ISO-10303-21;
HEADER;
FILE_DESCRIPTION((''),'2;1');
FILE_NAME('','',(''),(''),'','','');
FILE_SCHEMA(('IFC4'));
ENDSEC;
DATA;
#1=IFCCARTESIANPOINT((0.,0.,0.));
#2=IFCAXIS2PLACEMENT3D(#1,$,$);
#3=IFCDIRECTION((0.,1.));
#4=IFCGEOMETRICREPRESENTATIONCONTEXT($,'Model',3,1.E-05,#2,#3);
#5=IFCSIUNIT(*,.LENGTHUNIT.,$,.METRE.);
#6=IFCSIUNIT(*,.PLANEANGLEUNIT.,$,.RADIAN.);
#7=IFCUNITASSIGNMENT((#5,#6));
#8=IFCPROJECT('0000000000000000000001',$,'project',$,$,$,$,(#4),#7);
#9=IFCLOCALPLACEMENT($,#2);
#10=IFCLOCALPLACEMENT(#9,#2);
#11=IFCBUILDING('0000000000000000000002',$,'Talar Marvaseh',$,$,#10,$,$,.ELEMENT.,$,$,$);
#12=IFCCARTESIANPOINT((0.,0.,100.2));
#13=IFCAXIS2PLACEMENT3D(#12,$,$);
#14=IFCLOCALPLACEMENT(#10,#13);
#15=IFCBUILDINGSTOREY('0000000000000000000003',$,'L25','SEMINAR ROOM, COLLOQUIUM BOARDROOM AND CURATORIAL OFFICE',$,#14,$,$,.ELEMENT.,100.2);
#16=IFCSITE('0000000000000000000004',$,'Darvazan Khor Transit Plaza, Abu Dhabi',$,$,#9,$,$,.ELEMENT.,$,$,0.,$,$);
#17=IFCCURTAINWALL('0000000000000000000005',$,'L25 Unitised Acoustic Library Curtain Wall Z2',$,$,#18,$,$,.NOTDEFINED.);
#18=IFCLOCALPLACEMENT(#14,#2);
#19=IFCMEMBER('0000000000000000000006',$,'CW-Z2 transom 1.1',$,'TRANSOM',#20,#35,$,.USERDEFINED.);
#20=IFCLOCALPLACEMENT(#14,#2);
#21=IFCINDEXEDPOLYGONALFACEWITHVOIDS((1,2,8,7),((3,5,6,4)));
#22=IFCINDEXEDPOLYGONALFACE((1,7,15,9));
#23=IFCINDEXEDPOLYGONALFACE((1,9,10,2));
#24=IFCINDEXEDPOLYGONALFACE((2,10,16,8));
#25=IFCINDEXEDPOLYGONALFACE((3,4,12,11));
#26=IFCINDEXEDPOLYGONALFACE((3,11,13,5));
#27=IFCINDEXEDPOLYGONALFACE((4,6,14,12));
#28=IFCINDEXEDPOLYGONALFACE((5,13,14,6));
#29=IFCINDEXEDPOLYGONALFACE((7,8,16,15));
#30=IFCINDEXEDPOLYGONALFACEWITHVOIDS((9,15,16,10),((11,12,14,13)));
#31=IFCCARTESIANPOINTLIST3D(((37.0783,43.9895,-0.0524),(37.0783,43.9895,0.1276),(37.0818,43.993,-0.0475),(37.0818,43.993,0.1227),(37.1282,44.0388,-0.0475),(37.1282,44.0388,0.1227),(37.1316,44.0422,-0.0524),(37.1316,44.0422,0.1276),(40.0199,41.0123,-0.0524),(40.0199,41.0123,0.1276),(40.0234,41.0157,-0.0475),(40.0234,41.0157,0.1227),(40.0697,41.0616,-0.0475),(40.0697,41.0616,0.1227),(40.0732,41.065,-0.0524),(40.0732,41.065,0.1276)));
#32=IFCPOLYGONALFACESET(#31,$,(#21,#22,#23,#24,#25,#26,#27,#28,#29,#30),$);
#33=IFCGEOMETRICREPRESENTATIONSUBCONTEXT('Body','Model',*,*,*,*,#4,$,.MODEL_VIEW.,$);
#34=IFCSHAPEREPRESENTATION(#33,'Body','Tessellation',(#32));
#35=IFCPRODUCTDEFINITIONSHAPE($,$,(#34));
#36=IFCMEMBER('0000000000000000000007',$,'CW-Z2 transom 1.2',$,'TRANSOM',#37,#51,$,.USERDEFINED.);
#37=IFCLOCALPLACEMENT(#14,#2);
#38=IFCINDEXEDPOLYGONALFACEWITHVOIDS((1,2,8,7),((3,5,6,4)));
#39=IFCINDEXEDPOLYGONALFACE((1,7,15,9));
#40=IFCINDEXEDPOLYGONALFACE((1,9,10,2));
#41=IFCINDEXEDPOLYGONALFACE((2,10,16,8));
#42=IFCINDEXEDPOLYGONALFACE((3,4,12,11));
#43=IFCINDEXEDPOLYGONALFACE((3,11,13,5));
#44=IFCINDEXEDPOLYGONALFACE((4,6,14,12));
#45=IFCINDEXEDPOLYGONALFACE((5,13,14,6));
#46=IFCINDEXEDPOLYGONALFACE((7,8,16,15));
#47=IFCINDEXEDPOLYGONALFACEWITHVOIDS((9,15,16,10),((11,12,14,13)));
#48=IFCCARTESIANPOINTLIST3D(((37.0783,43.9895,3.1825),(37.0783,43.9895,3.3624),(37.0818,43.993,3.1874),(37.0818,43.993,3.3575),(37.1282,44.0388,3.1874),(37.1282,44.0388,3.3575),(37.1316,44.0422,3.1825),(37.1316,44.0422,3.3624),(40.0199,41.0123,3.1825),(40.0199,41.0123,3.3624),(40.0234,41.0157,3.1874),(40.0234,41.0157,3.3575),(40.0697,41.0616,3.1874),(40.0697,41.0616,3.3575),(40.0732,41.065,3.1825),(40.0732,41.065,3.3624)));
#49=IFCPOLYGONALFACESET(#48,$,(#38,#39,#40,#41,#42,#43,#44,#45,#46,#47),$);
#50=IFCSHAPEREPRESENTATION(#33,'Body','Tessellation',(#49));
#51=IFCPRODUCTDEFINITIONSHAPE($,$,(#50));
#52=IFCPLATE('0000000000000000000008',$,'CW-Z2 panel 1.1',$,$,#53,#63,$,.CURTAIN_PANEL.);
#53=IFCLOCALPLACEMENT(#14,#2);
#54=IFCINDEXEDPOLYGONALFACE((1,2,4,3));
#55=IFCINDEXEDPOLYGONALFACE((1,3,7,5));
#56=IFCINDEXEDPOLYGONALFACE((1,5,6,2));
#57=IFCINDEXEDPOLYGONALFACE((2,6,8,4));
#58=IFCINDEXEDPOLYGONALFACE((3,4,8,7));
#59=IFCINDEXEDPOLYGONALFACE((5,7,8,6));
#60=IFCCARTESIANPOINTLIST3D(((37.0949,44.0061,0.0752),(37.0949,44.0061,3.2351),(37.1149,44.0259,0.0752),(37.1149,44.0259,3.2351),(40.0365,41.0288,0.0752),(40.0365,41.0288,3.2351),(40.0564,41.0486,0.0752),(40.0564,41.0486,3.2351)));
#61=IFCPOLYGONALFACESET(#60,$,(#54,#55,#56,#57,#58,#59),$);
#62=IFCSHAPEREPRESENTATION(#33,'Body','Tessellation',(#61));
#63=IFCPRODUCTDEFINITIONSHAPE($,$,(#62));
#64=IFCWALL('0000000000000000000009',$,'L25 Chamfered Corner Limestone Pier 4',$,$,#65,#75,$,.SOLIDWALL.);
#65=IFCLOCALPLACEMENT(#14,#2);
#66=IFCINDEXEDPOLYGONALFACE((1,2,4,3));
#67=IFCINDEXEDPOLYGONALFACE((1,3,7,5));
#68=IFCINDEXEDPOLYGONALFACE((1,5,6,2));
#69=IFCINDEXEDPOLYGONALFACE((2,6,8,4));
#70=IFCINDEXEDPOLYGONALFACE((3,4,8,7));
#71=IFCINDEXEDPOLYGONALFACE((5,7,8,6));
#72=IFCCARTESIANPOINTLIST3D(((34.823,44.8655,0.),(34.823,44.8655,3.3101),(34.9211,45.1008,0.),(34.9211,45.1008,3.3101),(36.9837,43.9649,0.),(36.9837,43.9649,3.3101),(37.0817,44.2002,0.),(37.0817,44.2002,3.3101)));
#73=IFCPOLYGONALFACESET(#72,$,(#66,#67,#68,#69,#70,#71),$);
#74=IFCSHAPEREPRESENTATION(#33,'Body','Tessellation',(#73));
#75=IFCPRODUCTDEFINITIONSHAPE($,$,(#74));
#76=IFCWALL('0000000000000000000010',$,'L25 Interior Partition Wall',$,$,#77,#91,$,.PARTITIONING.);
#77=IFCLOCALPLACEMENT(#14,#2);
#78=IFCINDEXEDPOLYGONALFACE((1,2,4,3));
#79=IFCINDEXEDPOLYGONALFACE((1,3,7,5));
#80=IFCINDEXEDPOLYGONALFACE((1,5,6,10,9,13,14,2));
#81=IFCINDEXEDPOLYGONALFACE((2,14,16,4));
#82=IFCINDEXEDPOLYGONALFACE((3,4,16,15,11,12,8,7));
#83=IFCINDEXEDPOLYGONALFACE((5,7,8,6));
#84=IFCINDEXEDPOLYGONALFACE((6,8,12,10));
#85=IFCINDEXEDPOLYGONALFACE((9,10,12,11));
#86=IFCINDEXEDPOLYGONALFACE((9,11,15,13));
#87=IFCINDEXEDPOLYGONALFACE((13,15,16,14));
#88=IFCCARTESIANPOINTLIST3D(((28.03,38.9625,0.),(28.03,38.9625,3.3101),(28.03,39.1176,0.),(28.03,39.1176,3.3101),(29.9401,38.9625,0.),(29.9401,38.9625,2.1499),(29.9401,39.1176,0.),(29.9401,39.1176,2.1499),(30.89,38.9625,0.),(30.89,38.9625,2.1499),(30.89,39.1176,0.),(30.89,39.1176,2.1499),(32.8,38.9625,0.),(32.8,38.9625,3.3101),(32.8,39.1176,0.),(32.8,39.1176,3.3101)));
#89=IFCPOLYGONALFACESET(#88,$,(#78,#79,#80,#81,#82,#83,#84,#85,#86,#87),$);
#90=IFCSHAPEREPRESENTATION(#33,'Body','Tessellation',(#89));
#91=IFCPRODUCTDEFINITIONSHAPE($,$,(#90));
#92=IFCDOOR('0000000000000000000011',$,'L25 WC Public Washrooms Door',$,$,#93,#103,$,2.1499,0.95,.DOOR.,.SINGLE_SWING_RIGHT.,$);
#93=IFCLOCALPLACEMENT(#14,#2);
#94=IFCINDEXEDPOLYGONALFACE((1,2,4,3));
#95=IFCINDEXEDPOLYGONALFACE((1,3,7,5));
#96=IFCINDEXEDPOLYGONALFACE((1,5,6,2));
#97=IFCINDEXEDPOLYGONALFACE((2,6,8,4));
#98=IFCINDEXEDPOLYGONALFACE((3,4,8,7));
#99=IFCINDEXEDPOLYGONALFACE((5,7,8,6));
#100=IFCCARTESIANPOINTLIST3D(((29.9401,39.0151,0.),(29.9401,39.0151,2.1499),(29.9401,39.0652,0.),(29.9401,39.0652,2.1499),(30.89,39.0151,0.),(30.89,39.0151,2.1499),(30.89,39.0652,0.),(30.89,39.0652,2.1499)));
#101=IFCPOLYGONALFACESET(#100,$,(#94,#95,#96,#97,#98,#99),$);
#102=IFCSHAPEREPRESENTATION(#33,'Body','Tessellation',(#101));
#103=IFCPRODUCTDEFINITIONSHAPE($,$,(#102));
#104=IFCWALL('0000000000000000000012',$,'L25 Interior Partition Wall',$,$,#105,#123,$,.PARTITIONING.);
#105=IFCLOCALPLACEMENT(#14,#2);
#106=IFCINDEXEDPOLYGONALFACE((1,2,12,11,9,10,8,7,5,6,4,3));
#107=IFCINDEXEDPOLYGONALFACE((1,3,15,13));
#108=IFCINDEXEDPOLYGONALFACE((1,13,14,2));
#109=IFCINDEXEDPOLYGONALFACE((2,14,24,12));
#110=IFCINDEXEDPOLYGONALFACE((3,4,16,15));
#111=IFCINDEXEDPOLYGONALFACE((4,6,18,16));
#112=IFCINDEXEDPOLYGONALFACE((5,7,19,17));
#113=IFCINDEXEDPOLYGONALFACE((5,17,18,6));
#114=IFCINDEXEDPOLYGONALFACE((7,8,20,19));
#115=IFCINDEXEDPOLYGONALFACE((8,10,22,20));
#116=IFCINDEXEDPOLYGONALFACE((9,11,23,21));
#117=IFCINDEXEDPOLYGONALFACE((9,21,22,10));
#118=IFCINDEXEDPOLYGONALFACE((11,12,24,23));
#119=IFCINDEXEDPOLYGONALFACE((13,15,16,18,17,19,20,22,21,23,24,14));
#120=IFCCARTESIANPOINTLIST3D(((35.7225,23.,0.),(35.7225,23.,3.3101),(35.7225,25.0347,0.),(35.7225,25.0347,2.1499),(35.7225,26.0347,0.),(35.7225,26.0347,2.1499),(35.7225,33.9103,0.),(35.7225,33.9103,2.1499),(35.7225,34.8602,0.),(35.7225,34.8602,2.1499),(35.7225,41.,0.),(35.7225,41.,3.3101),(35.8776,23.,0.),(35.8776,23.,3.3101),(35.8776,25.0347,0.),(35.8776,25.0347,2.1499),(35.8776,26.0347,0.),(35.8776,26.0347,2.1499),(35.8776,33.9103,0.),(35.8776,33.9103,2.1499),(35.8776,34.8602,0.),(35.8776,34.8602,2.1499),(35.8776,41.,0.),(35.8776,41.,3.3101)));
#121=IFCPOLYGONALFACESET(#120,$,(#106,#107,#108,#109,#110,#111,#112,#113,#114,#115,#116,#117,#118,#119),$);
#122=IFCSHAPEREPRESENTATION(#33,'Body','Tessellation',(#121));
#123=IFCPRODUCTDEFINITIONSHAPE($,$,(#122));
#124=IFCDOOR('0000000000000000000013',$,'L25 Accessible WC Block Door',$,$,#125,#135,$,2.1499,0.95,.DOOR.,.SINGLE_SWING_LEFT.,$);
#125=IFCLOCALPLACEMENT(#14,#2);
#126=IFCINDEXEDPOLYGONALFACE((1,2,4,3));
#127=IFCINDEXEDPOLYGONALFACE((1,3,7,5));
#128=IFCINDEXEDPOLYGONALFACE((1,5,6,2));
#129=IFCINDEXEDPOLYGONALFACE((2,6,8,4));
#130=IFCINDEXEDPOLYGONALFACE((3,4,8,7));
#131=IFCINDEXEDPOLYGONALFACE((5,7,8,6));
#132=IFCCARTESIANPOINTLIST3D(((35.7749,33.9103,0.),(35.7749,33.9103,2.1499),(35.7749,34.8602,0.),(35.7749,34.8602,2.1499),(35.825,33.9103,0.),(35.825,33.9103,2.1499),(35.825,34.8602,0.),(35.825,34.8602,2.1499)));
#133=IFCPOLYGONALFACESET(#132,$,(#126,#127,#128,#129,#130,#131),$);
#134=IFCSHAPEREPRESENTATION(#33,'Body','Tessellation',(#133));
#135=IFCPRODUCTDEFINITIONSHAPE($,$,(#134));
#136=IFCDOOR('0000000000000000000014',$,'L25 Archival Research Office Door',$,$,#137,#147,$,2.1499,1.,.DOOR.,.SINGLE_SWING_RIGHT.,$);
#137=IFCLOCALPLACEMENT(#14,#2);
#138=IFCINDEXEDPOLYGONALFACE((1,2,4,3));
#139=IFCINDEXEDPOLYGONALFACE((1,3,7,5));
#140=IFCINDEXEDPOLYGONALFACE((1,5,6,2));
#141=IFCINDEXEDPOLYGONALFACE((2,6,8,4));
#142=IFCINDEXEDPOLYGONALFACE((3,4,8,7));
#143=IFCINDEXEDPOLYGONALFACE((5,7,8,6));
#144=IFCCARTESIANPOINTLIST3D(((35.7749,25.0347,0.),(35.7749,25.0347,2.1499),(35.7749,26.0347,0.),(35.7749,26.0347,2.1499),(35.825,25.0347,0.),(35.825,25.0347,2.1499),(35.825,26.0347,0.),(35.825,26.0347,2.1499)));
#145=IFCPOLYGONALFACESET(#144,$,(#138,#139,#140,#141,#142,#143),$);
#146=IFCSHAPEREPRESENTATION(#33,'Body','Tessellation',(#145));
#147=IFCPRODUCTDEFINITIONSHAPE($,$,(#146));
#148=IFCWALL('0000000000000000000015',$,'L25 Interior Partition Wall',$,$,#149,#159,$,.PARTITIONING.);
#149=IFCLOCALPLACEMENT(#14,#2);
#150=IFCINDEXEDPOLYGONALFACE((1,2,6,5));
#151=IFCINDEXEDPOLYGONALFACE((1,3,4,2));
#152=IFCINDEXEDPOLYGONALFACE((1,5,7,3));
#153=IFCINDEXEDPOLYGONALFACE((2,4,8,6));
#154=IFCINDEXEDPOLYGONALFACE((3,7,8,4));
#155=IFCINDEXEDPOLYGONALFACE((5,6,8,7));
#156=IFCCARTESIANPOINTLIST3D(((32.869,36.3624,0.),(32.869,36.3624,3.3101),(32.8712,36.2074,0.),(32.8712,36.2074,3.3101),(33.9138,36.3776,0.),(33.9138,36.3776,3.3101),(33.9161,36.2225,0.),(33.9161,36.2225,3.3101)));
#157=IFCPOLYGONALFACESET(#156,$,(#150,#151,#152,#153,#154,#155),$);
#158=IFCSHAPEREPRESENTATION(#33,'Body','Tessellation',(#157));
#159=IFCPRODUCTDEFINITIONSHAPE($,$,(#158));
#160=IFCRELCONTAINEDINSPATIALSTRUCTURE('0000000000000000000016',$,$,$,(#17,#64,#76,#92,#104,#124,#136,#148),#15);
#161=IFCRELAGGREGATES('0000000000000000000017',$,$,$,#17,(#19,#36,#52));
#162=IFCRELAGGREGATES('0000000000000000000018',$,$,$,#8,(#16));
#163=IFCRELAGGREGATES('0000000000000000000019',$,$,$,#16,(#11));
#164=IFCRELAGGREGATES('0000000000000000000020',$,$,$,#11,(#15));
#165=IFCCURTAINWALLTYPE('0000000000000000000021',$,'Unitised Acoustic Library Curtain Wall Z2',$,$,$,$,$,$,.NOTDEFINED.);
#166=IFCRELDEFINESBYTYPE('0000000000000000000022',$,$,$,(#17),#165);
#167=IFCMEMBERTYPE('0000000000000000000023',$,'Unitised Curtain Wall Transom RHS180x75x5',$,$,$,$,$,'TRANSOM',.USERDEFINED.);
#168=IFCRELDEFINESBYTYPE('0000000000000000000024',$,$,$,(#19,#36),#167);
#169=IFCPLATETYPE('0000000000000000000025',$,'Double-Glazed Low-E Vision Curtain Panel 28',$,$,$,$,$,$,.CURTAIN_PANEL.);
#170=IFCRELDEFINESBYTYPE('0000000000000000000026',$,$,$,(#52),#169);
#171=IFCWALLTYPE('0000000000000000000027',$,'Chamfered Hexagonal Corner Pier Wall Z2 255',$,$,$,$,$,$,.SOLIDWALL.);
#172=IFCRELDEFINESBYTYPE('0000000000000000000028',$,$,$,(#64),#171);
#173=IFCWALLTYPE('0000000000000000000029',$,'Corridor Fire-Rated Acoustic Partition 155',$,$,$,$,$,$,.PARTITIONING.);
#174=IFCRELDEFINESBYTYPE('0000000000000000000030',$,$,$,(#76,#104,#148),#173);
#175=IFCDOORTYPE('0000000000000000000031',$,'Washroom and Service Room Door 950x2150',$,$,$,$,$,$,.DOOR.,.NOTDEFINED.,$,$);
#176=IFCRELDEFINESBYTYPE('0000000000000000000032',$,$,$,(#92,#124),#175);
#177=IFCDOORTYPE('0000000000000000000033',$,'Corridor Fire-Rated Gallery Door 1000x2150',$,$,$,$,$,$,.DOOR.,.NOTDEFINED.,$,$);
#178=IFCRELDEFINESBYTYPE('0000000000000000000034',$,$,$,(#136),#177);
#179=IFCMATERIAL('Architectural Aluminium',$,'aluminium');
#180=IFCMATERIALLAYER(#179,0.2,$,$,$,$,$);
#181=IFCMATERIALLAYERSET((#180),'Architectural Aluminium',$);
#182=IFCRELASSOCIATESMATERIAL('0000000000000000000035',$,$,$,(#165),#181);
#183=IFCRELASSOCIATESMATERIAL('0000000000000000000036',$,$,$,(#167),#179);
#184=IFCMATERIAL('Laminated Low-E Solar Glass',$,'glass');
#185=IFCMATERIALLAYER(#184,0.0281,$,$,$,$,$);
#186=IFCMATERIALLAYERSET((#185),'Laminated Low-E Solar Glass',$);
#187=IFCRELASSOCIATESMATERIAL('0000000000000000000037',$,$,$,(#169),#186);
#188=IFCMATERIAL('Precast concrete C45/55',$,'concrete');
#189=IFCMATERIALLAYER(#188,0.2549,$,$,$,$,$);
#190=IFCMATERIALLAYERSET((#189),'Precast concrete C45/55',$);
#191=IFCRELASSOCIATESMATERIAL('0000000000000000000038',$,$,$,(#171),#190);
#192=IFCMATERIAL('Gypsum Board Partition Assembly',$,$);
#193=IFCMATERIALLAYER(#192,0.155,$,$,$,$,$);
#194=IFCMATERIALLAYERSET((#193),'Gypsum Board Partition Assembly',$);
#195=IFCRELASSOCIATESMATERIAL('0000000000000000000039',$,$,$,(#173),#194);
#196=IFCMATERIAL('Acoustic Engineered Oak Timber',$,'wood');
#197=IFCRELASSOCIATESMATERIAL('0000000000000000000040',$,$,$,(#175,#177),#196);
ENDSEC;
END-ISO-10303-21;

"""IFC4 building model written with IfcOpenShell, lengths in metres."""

from ifc_helpers import new_model, si_unit, direction, frame, frame_2d, origin, origin_2d, place, context, subcontext, project, spatial, rectangle, hollow_rectangle, extrude, source, transform, mapped, material, layer, layer_set, material_profile, profile_set, type_object, type_shapes, element, fill, aggregate, save


model = new_model("IFC4")

# Units and contexts
model_context = context("Model", 3, precision=1e-05, world=origin(), true_north=direction((0.0, 1.0)))
body_context = subcontext(model_context, "Body", "Model", "MODEL_VIEW")
ifc_project = project(units=[si_unit("LENGTHUNIT", "METRE"), si_unit("PLANEANGLEUNIT", "RADIAN")], contexts=[model_context])

# Site, building, storey
site_placement = place(None, origin())
site = spatial("IfcSite", under=ifc_project, at=site_placement, Name="Darvazan Khor Transit Plaza, Abu Dhabi", CompositionType="ELEMENT", RefElevation=0.0)
building_placement = place(site_placement, origin())
building = spatial("IfcBuilding", under=site, at=building_placement, Name="Talar Marvaseh", CompositionType="ELEMENT")
storey_placement = place(building_placement, frame((0.0, 0.0, 100.2)))
storey = spatial("IfcBuildingStorey", under=building, at=storey_placement, Name="L25", Description="SEMINAR ROOM, COLLOQUIUM BOARDROOM AND CURATORIAL OFFICE", CompositionType="ELEMENT", Elevation=100.2)

# Shared definitions
ifc_material_1 = material(Name="Architectural Aluminium", Category="aluminium")
ifc_layer_1 = layer(ifc_material_1, 0.2)
ifc_layer_set_1 = layer_set([ifc_layer_1], Name="Architectural Aluminium")
curtain_wall_type = type_object("IfcCurtainWallType", Name="Unitised Acoustic Library Curtain Wall Z2", PredefinedType="NOTDEFINED", material=ifc_layer_set_1)

# Curtain wall, members, plate
curtain_wall_1_placement = place(storey_placement, origin())
curtain_wall_1 = element("IfcCurtainWall", 1, at=curtain_wall_1_placement, inside=storey, type_object=curtain_wall_type, Name="L25 Unitised Acoustic Library Curtain Wall Z2", PredefinedType="NOTDEFINED")
ifc_material_profile_1 = material_profile(ifc_material_1, hollow_rectangle(XDim=0.075, YDim=0.1799, WallThickness=0.0049, at=origin_2d()), Name="RHS180x75x5")
ifc_profile_set_1 = profile_set([ifc_material_profile_1], Name="Architectural Aluminium")
member_type_1 = type_object("IfcMemberType", Name="Unitised Curtain Wall Transom RHS180x75x5", ElementType="TRANSOM", PredefinedType="USERDEFINED", material=ifc_profile_set_1)
shared_shape_1 = source(origin(), body_context, "Body", "SweptSolid", [
    extrude(hollow_rectangle(XDim=0.075, YDim=0.1799, WallThickness=0.0049, at=origin_2d()), origin(), (0.0, 0.0, 1.0), 4.1853),
])
type_shapes(member_type_1, [shared_shape_1])
member_1_placement = place(storey_placement, frame((37.105, 44.0159, 0.0376), z_axis=(0.702836, -0.711352, 0.0), x_axis=(0.711352, 0.702836, 0.0)))
member_1 = element("IfcMember", 2, at=member_1_placement, type_object=member_type_1, Name="CW-Z2 transom 1.1", ObjectType="TRANSOM", PredefinedType="USERDEFINED", context=body_context, shape_type="MappedRepresentation", body=[
    mapped(shared_shape_1, transform((0.0, 0.0, 0.0), x_axis=(1.0, 0.0, 0.0), y_axis=(0.0, 1.0, 0.0), z_axis=(0.0, 0.0, 1.0), scale=1.0)),
])
member_2_placement = place(storey_placement, frame((37.105, 44.0159, 3.2725), z_axis=(0.702836, -0.711352, 0.0), x_axis=(0.711352, 0.702836, 0.0)))
member_2 = element("IfcMember", 3, at=member_2_placement, type_object=member_type_1, Name="CW-Z2 transom 1.2", ObjectType="TRANSOM", PredefinedType="USERDEFINED", context=body_context, shape_type="MappedRepresentation", body=[
    mapped(shared_shape_1, transform((0.0, 0.0, 0.0), x_axis=(1.0, 0.0, 0.0), y_axis=(0.0, 1.0, 0.0), z_axis=(0.0, 0.0, 1.0), scale=1.0)),
])
ifc_material_2 = material(Name="Laminated Low-E Solar Glass", Category="glass")
ifc_layer_2 = layer(ifc_material_2, 0.0281)
ifc_layer_set_2 = layer_set([ifc_layer_2], Name="Laminated Low-E Solar Glass")
plate_type = type_object("IfcPlateType", Name="Double-Glazed Low-E Vision Curtain Panel 28", PredefinedType="CURTAIN_PANEL", material=ifc_layer_set_2)
shared_shape_2 = source(origin(), body_context, "Body", "SweptSolid", [
    extrude(rectangle(XDim=4.1853, YDim=0.0281, at=origin_2d()), origin(), (0.0, 0.0, 1.0), 3.1599),
])
type_shapes(plate_type, [shared_shape_2])
plate_placement = place(storey_placement, frame((38.5757, 42.5273, 0.0752), z_axis=(0.0, 0.0, 1.0), x_axis=(0.702821, -0.711366, 0.0)))
plate = element("IfcPlate", 4, at=plate_placement, type_object=plate_type, Name="CW-Z2 panel 1.1", PredefinedType="CURTAIN_PANEL", context=body_context, shape_type="MappedRepresentation", body=[
    mapped(shared_shape_2, transform((0.0, 0.0, 0.0), x_axis=(1.0, 0.0, 0.0), y_axis=(0.0, 1.0, 0.0), z_axis=(0.0, 0.0, 1.0), scale=1.0)),
])
aggregate(curtain_wall_1, [member_1, member_2, plate])

# Wall
ifc_material_3 = material(Name="Precast concrete C45/55", Category="concrete")
ifc_layer_3 = layer(ifc_material_3, 0.2549)
ifc_layer_set_3 = layer_set([ifc_layer_3], Name="Precast concrete C45/55")
wall_type_1 = type_object("IfcWallType", Name="Chamfered Hexagonal Corner Pier Wall Z2 255", PredefinedType="SOLIDWALL", material=ifc_layer_set_3)
wall_1_placement = place(storey_placement, frame((34.8721, 44.9832, 0.0), z_axis=(0.0, 0.0, 1.0), x_axis=(0.923021, -0.384749, 0.0)))
element("IfcWall", 5, at=wall_1_placement, inside=storey, type_object=wall_type_1, Name="L25 Chamfered Corner Limestone Pier 4", PredefinedType="SOLIDWALL", context=body_context, shape_type="SweptSolid", body=[
    extrude(rectangle(XDim=2.3408, YDim=0.2549, at=frame_2d((1.1704, 0.0))), origin(), (0.0, 0.0, 1.0), 3.3101),
])

# Wall, opening, door
ifc_material_4 = material(Name="Gypsum Board Partition Assembly")
ifc_layer_4 = layer(ifc_material_4, 0.155)
ifc_layer_set_4 = layer_set([ifc_layer_4], Name="Gypsum Board Partition Assembly")
wall_type_2 = type_object("IfcWallType", Name="Corridor Fire-Rated Acoustic Partition 155", PredefinedType="PARTITIONING", material=ifc_layer_set_4)
wall_2_placement = place(storey_placement, frame((32.8, 39.04, 0.0), z_axis=(0.0, 0.0, 1.0), x_axis=(-1.0, 0.0, 0.0)))
wall_2 = element("IfcWall", 6, at=wall_2_placement, inside=storey, type_object=wall_type_2, Name="L25 Interior Partition Wall", PredefinedType="PARTITIONING", context=body_context, shape_type="SweptSolid", body=[
    extrude(rectangle(XDim=4.77, YDim=0.155, at=frame_2d((2.385, 0.0))), origin(), (0.0, 0.0, 1.0), 3.3101),
])
opening_1_placement = place(wall_2_placement, frame((1.9099, 0.0, 0.0)))
opening_1 = element("IfcOpeningElement", 7, at=opening_1_placement, cuts=wall_2, PredefinedType="OPENING", context=body_context, shape_type="SweptSolid", body=[
    extrude(rectangle(XDim=0.95, YDim=2.1499, at=frame_2d((0.4751, 1.075))), frame((0.0, 0.0874, 0.0), z_axis=(0.0, -1.0, 0.0), x_axis=(1.0, 0.0, 0.0)), (0.0, 0.0, 1.0), 0.175),
])
ifc_material_5 = material(Name="Acoustic Engineered Oak Timber", Category="wood")
door_type_1 = type_object("IfcDoorType", Name="Washroom and Service Room Door 950x2150", OperationType="NOTDEFINED", PredefinedType="DOOR", material=ifc_material_5)
shared_shape_3 = source(origin(), body_context, "Body", "SweptSolid", [
    extrude(rectangle(XDim=0.95, YDim=2.1499, at=frame_2d((0.4751, 1.075))), frame((0.0, 0.0249, 0.0), z_axis=(0.0, -1.0, 0.0), x_axis=(1.0, 0.0, 0.0)), (0.0, 0.0, 1.0), 0.05),
])
type_shapes(door_type_1, [shared_shape_3])
door_1_placement = place(opening_1_placement, origin())
door_1 = element("IfcDoor", 8, at=door_1_placement, inside=storey, type_object=door_type_1, Name="L25 WC Public Washrooms Door", OperationType="SINGLE_SWING_RIGHT", OverallHeight=2.1499, OverallWidth=0.95, PredefinedType="DOOR", context=body_context, shape_type="MappedRepresentation", body=[
    mapped(shared_shape_3, transform((0.0, 0.0, 0.0), x_axis=(1.0, 0.0, 0.0), y_axis=(0.0, 1.0, 0.0), z_axis=(0.0, 0.0, 1.0), scale=1.0)),
])
fill(opening_1, door_1)

# Wall, openings, doors
wall_3_placement = place(storey_placement, frame((35.8, 41.0, 0.0), z_axis=(0.0, 0.0, 1.0), x_axis=(0.0, -1.0, 0.0)))
wall_3 = element("IfcWall", 9, at=wall_3_placement, inside=storey, type_object=wall_type_2, Name="L25 Interior Partition Wall", PredefinedType="PARTITIONING", context=body_context, shape_type="SweptSolid", body=[
    extrude(rectangle(XDim=18.0, YDim=0.155, at=frame_2d((9.0, 0.0))), origin(), (0.0, 0.0, 1.0), 3.3101),
])
opening_2_placement = place(wall_3_placement, frame((14.9653, 0.0, 0.0)))
opening_2 = element("IfcOpeningElement", 10, at=opening_2_placement, cuts=wall_3, PredefinedType="OPENING", context=body_context, shape_type="SweptSolid", body=[
    extrude(rectangle(XDim=1.0, YDim=2.1499, at=frame_2d((0.5, 1.075))), frame((0.0, 0.0874, 0.0), z_axis=(0.0, -1.0, 0.0), x_axis=(1.0, 0.0, 0.0)), (0.0, 0.0, 1.0), 0.175),
])
opening_3_placement = place(wall_3_placement, frame((6.1396, 0.0, 0.0)))
opening_3 = element("IfcOpeningElement", 11, at=opening_3_placement, cuts=wall_3, PredefinedType="OPENING", context=body_context, shape_type="SweptSolid", body=[
    extrude(rectangle(XDim=0.95, YDim=2.1499, at=frame_2d((0.4751, 1.075))), frame((0.0, 0.0874, 0.0), z_axis=(0.0, -1.0, 0.0), x_axis=(1.0, 0.0, 0.0)), (0.0, 0.0, 1.0), 0.175),
])
door_2_placement = place(opening_3_placement, origin())
door_2 = element("IfcDoor", 12, at=door_2_placement, inside=storey, type_object=door_type_1, Name="L25 Accessible WC Block Door", OperationType="SINGLE_SWING_LEFT", OverallHeight=2.1499, OverallWidth=0.95, PredefinedType="DOOR", context=body_context, shape_type="MappedRepresentation", body=[
    mapped(shared_shape_3, transform((0.0, 0.0, 0.0), x_axis=(1.0, 0.0, 0.0), y_axis=(0.0, 1.0, 0.0), z_axis=(0.0, 0.0, 1.0), scale=1.0)),
])
fill(opening_3, door_2)
door_type_2 = type_object("IfcDoorType", Name="Corridor Fire-Rated Gallery Door 1000x2150", OperationType="NOTDEFINED", PredefinedType="DOOR", material=ifc_material_5)
shared_shape_4 = source(origin(), body_context, "Body", "SweptSolid", [
    extrude(rectangle(XDim=1.0, YDim=2.1499, at=frame_2d((0.5, 1.075))), frame((0.0, 0.0249, 0.0), z_axis=(0.0, -1.0, 0.0), x_axis=(1.0, 0.0, 0.0)), (0.0, 0.0, 1.0), 0.05),
])
type_shapes(door_type_2, [shared_shape_4])
door_3_placement = place(opening_2_placement, origin())
door_3 = element("IfcDoor", 13, at=door_3_placement, inside=storey, type_object=door_type_2, Name="L25 Archival Research Office Door", OperationType="SINGLE_SWING_RIGHT", OverallHeight=2.1499, OverallWidth=1.0, PredefinedType="DOOR", context=body_context, shape_type="MappedRepresentation", body=[
    mapped(shared_shape_4, transform((0.0, 0.0, 0.0), x_axis=(1.0, 0.0, 0.0), y_axis=(0.0, 1.0, 0.0), z_axis=(0.0, 0.0, 1.0), scale=1.0)),
])
fill(opening_2, door_3)

# Wall
wall_4_placement = place(storey_placement, frame((32.8701, 36.2849, 0.0), z_axis=(0.0, 0.0, 1.0), x_axis=(0.999895, 0.014484, 0.0)))
element("IfcWall", 14, at=wall_4_placement, inside=storey, type_object=wall_type_2, Name="L25 Interior Partition Wall", PredefinedType="PARTITIONING", context=body_context, shape_type="SweptSolid", body=[
    extrude(rectangle(XDim=1.0449, YDim=0.155, at=frame_2d((0.5225, 0.0))), origin(), (0.0, 0.0, 1.0), 3.3101),
])

save(model, "model.ifc")
